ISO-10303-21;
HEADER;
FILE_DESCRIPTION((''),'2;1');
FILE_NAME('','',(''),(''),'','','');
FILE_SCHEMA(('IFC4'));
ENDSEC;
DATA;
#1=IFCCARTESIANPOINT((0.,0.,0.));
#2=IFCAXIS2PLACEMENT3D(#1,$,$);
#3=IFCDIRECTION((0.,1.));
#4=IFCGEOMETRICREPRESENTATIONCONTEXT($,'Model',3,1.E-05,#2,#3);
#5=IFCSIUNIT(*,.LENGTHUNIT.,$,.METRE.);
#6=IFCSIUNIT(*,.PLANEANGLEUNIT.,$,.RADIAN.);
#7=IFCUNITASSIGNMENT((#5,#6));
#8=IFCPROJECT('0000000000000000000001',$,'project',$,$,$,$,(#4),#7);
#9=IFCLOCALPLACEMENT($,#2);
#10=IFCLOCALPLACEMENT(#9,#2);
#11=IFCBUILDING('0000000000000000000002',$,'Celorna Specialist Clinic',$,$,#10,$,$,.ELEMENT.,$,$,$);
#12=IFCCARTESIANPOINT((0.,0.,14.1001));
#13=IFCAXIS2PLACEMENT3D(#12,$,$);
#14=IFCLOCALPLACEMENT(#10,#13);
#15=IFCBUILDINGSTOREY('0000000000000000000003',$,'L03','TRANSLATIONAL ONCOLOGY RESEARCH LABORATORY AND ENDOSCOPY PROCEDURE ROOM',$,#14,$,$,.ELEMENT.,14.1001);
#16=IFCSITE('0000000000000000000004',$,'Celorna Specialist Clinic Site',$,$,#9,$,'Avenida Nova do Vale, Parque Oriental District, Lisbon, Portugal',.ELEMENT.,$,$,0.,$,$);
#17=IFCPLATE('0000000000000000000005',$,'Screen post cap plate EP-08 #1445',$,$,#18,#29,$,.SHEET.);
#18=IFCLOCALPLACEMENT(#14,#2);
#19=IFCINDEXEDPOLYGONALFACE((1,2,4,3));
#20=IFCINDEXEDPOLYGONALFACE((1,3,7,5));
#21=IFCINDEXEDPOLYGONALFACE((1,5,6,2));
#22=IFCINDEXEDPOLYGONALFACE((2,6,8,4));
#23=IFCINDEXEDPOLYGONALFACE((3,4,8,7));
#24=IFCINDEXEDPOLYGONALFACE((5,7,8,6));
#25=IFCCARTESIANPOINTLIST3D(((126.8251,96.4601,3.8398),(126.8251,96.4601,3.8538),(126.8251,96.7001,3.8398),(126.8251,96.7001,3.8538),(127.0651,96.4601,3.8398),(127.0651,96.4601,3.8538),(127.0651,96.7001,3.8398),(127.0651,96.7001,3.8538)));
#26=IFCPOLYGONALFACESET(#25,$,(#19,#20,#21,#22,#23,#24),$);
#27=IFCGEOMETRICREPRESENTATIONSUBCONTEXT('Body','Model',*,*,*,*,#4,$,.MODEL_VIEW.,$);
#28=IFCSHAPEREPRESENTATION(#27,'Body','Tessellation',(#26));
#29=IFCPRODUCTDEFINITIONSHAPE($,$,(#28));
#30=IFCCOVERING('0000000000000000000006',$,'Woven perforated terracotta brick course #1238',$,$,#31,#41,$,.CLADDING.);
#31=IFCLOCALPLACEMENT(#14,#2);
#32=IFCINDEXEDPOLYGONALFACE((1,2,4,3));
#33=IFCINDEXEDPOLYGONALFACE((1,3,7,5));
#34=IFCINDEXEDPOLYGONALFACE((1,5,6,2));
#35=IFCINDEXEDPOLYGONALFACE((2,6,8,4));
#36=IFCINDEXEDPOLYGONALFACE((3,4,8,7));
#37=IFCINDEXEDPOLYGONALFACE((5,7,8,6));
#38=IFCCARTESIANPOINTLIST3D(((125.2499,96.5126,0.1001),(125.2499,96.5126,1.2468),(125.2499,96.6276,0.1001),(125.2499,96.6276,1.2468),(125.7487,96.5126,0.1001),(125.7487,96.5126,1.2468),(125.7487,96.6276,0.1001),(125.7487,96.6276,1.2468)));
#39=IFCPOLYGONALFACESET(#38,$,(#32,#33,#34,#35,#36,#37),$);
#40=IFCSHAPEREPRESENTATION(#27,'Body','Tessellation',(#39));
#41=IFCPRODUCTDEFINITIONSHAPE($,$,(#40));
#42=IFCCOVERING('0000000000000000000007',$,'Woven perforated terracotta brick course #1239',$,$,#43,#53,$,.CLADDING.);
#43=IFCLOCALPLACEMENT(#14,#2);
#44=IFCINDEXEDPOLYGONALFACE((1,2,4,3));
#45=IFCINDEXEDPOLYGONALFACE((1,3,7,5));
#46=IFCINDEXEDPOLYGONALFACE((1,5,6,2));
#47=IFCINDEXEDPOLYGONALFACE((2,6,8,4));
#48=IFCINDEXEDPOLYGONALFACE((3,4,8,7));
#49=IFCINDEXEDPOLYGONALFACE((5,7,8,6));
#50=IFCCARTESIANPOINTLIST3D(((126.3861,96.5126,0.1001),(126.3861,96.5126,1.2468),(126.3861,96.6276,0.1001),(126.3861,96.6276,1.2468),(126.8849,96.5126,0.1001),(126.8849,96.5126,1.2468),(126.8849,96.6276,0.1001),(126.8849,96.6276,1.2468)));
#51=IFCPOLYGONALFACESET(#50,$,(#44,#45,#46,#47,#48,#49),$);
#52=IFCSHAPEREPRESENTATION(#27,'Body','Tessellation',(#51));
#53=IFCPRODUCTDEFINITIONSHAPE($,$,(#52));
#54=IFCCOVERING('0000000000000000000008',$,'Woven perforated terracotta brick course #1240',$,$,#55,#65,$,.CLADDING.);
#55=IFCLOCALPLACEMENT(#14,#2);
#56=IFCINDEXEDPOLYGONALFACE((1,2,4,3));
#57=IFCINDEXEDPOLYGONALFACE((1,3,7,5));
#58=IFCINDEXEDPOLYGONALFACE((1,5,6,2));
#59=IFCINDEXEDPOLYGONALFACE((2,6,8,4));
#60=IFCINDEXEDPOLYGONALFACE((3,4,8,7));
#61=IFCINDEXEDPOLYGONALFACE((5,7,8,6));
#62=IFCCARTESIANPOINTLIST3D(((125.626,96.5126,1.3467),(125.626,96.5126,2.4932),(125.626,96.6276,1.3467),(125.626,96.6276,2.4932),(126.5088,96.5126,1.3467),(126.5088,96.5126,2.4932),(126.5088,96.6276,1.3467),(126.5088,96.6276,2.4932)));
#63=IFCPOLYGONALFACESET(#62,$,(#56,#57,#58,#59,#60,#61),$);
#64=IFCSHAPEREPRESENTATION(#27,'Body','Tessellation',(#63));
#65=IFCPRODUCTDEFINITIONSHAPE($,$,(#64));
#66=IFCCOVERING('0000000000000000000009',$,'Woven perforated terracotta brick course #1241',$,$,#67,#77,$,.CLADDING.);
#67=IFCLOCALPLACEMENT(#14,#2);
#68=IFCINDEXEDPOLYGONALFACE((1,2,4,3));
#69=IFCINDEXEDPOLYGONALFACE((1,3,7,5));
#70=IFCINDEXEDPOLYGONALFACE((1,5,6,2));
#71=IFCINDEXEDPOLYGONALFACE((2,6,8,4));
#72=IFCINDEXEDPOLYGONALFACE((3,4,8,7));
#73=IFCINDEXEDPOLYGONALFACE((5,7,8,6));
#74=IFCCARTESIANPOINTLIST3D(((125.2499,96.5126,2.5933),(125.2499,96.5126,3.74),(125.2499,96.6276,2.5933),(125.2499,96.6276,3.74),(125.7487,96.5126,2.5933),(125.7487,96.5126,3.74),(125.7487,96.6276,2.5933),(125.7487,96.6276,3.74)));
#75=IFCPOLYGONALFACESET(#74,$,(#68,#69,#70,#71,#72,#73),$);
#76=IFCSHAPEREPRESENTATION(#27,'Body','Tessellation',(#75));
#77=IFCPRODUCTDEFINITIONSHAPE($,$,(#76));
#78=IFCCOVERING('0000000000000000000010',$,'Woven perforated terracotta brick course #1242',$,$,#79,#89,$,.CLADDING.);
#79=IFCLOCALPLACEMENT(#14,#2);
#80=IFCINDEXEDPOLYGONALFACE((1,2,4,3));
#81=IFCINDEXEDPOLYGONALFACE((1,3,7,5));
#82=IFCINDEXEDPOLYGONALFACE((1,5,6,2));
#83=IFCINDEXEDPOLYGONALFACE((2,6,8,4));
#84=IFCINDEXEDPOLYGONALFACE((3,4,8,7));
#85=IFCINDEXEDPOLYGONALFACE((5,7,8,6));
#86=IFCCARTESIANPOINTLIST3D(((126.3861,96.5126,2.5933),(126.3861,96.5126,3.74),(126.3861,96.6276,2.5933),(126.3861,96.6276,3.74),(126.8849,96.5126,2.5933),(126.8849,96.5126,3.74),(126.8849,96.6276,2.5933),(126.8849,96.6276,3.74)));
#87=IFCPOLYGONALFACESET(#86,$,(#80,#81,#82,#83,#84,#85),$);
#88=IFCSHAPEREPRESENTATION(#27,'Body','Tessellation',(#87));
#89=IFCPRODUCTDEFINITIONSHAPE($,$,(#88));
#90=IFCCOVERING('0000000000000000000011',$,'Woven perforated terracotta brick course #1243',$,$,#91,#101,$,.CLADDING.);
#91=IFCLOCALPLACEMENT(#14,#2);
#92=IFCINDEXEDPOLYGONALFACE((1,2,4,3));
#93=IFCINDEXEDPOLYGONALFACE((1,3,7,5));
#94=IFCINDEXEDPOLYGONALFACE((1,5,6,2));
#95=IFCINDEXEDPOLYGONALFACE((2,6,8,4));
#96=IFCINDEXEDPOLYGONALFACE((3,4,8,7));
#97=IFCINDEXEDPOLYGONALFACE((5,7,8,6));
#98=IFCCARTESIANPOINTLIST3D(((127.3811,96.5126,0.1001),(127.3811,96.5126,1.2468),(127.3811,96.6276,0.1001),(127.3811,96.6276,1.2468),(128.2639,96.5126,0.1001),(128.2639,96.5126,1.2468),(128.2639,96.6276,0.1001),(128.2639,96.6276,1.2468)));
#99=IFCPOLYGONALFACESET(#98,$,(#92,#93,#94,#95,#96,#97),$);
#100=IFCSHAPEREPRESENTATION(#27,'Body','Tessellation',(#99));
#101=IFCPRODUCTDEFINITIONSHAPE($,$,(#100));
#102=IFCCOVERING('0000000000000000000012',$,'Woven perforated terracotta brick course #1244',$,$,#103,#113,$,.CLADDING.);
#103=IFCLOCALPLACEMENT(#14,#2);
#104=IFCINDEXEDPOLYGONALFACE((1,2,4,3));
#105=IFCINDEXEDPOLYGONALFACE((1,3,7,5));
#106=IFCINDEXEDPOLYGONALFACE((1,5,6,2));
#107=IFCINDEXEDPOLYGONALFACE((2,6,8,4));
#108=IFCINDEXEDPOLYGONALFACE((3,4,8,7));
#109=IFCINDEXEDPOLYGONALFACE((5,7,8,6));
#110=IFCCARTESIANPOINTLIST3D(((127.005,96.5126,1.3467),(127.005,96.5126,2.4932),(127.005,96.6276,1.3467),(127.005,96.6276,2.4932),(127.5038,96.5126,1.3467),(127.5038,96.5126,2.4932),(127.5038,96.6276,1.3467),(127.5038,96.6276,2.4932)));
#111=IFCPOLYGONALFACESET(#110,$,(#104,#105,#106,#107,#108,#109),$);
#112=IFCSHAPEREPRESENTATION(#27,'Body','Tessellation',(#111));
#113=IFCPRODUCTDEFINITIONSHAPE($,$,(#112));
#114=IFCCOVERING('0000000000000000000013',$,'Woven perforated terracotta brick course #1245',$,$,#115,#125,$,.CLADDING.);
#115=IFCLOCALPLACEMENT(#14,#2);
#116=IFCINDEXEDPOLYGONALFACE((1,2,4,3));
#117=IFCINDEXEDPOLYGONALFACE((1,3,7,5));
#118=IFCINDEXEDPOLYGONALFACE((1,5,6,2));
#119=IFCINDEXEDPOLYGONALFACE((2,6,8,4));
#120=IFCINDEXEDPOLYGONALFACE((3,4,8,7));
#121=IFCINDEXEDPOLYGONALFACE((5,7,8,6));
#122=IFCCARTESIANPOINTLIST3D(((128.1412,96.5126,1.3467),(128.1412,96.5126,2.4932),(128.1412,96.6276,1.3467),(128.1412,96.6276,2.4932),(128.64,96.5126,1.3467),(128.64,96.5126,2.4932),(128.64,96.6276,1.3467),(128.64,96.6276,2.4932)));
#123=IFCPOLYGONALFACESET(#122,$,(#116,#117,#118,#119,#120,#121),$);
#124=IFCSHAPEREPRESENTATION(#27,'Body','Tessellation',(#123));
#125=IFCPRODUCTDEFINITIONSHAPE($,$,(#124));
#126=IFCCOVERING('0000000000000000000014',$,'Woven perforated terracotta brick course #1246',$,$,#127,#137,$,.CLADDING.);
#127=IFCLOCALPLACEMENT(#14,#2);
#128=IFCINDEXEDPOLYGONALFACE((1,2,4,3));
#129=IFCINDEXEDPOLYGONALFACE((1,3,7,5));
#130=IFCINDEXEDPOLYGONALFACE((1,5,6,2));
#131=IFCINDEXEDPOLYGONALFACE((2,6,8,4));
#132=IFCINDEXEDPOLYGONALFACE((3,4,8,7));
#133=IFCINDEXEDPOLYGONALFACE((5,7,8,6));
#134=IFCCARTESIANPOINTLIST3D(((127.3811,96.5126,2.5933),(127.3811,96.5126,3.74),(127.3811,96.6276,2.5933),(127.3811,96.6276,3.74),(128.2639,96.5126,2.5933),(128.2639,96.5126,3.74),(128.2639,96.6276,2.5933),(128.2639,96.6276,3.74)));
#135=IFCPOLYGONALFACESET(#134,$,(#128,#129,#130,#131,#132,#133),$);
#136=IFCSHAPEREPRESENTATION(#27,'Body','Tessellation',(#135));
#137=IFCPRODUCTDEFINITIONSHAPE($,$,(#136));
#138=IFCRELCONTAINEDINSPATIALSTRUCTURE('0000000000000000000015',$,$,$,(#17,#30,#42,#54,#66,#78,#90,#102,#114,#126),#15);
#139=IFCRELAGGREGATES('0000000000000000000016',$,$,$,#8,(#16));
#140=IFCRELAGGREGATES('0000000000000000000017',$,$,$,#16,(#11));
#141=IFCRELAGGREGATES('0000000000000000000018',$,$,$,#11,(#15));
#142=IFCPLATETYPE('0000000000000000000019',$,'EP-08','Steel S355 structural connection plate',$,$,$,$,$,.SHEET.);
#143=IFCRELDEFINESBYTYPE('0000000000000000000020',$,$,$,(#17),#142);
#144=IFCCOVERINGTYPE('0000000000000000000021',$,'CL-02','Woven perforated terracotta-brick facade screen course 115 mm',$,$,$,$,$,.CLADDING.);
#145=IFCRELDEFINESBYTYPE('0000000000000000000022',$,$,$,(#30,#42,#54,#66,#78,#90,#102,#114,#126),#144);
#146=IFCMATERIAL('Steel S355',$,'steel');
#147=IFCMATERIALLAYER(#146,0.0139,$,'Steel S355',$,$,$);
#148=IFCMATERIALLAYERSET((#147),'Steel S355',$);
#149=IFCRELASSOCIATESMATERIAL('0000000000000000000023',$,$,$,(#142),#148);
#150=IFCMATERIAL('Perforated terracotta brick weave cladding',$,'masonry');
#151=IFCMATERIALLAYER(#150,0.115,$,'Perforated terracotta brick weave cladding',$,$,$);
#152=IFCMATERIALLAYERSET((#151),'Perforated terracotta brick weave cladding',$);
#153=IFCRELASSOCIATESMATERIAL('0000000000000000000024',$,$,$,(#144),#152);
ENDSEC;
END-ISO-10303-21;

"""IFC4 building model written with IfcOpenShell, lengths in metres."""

from ifc_helpers import new_model, si_unit, direction, frame, origin, origin_2d, place, context, subcontext, project, spatial, rectangle, extrude, material, layer, layer_set, type_object, element, save


model = new_model("IFC4")

# Units and contexts
model_context = context("Model", 3, precision=1e-05, world=origin(), true_north=direction((0.0, 1.0)))
body_context = subcontext(model_context, "Body", "Model", "MODEL_VIEW")
ifc_project = project(units=[si_unit("LENGTHUNIT", "METRE"), si_unit("PLANEANGLEUNIT", "RADIAN")], contexts=[model_context])

# Site, building, storey
site_placement = place(None, origin())
site = spatial("IfcSite", under=ifc_project, at=site_placement, Name="Celorna Specialist Clinic Site", LongName="Avenida Nova do Vale, Parque Oriental District, Lisbon, Portugal", CompositionType="ELEMENT", RefElevation=0.0)
building_placement = place(site_placement, origin())
building = spatial("IfcBuilding", under=site, at=building_placement, Name="Celorna Specialist Clinic", CompositionType="ELEMENT")
storey_placement = place(building_placement, frame((0.0, 0.0, 14.1001)))
storey = spatial("IfcBuildingStorey", under=building, at=storey_placement, Name="L03", Description="TRANSLATIONAL ONCOLOGY RESEARCH LABORATORY AND ENDOSCOPY PROCEDURE ROOM", CompositionType="ELEMENT", Elevation=14.1001)

# Shared definitions
ifc_material_1 = material(Name="Steel S355", Category="steel")

# Plate
ifc_layer_1 = layer(ifc_material_1, 0.0139, Name="Steel S355")
ifc_layer_set_1 = layer_set([ifc_layer_1], Name="Steel S355")
plate_type_1 = type_object("IfcPlateType", Name="EP-08", Description="Steel S355 structural connection plate", PredefinedType="SHEET", material=ifc_layer_set_1)
plate_placement = place(storey_placement, frame((126.9451, 96.5801, 3.8398), z_axis=(0.0, 0.0, 1.0), x_axis=(1.0, 0.0, 0.0)))
element("IfcPlate", 1, at=plate_placement, inside=storey, type_object=plate_type_1, Name="Screen post cap plate EP-08 #1445", PredefinedType="SHEET", context=body_context, shape_type="SweptSolid", body=[
    extrude(rectangle(XDim=0.24, YDim=0.24, at=origin_2d()), origin(), (0.0, 0.0, 1.0), 0.0139),
])

# Coverings
ifc_material_2 = material(Name="Perforated terracotta brick weave cladding", Category="masonry")
ifc_layer_2 = layer(ifc_material_2, 0.115, Name="Perforated terracotta brick weave cladding")
ifc_layer_set_2 = layer_set([ifc_layer_2], Name="Perforated terracotta brick weave cladding")
covering_type = type_object("IfcCoveringType", Name="CL-02", Description="Woven perforated terracotta-brick facade screen course 115 mm", PredefinedType="CLADDING", material=ifc_layer_set_2)
for number, where, z_axis, x_axis, name in (
    (2, (125.4993, 96.5701, 0.1001), (0.0, 0.0, 1.0), (1.0, 0.0, 0.0), "Woven perforated terracotta brick course #1238"),
    (3, (126.6355, 96.5701, 0.1001), (0.0, 0.0, 1.0), (1.0, 0.0, 0.0), "Woven perforated terracotta brick course #1239"),
):
    element("IfcCovering", number, at=place(storey_placement, frame(where, z_axis=z_axis, x_axis=x_axis)), inside=storey, type_object=covering_type, Name=name, PredefinedType="CLADDING", context=body_context, shape_type="SweptSolid", body=[
        extrude(rectangle(XDim=0.4988, YDim=0.115, at=origin_2d()), origin(), (0.0, 0.0, 1.0), 1.1467),
    ])
covering_1_placement = place(storey_placement, frame((126.0674, 96.5701, 1.3467), z_axis=(0.0, 0.0, 1.0), x_axis=(1.0, 0.0, 0.0)))
element("IfcCovering", 4, at=covering_1_placement, inside=storey, type_object=covering_type, Name="Woven perforated terracotta brick course #1240", PredefinedType="CLADDING", context=body_context, shape_type="SweptSolid", body=[
    extrude(rectangle(XDim=0.8828, YDim=0.115, at=origin_2d()), origin(), (0.0, 0.0, 1.0), 1.1465),
])
for number, where, z_axis, x_axis, name in (
    (5, (125.4993, 96.5701, 2.5933), (0.0, 0.0, 1.0), (1.0, 0.0, 0.0), "Woven perforated terracotta brick course #1241"),
    (6, (126.6355, 96.5701, 2.5933), (0.0, 0.0, 1.0), (1.0, 0.0, 0.0), "Woven perforated terracotta brick course #1242"),
):
    element("IfcCovering", number, at=place(storey_placement, frame(where, z_axis=z_axis, x_axis=x_axis)), inside=storey, type_object=covering_type, Name=name, PredefinedType="CLADDING", context=body_context, shape_type="SweptSolid", body=[
        extrude(rectangle(XDim=0.4988, YDim=0.115, at=origin_2d()), origin(), (0.0, 0.0, 1.0), 1.1467),
    ])
covering_2_placement = place(storey_placement, frame((127.8225, 96.5701, 0.1001), z_axis=(0.0, 0.0, 1.0), x_axis=(1.0, 0.0, 0.0)))
element("IfcCovering", 7, at=covering_2_placement, inside=storey, type_object=covering_type, Name="Woven perforated terracotta brick course #1243", PredefinedType="CLADDING", context=body_context, shape_type="SweptSolid", body=[
    extrude(rectangle(XDim=0.8828, YDim=0.115, at=origin_2d()), origin(), (0.0, 0.0, 1.0), 1.1467),
])
for number, where, z_axis, x_axis, name in (
    (8, (127.2544, 96.5701, 1.3467), (0.0, 0.0, 1.0), (1.0, 0.0, 0.0), "Woven perforated terracotta brick course #1244"),
    (9, (128.3906, 96.5701, 1.3467), (0.0, 0.0, 1.0), (1.0, 0.0, 0.0), "Woven perforated terracotta brick course #1245"),
):
    element("IfcCovering", number, at=place(storey_placement, frame(where, z_axis=z_axis, x_axis=x_axis)), inside=storey, type_object=covering_type, Name=name, PredefinedType="CLADDING", context=body_context, shape_type="SweptSolid", body=[
        extrude(rectangle(XDim=0.4988, YDim=0.115, at=origin_2d()), origin(), (0.0, 0.0, 1.0), 1.1465),
    ])
covering_3_placement = place(storey_placement, frame((127.8225, 96.5701, 2.5933), z_axis=(0.0, 0.0, 1.0), x_axis=(1.0, 0.0, 0.0)))
element("IfcCovering", 10, at=covering_3_placement, inside=storey, type_object=covering_type, Name="Woven perforated terracotta brick course #1246", PredefinedType="CLADDING", context=body_context, shape_type="SweptSolid", body=[
    extrude(rectangle(XDim=0.8828, YDim=0.115, at=origin_2d()), origin(), (0.0, 0.0, 1.0), 1.1467),
])

save(model, "model.ifc")
